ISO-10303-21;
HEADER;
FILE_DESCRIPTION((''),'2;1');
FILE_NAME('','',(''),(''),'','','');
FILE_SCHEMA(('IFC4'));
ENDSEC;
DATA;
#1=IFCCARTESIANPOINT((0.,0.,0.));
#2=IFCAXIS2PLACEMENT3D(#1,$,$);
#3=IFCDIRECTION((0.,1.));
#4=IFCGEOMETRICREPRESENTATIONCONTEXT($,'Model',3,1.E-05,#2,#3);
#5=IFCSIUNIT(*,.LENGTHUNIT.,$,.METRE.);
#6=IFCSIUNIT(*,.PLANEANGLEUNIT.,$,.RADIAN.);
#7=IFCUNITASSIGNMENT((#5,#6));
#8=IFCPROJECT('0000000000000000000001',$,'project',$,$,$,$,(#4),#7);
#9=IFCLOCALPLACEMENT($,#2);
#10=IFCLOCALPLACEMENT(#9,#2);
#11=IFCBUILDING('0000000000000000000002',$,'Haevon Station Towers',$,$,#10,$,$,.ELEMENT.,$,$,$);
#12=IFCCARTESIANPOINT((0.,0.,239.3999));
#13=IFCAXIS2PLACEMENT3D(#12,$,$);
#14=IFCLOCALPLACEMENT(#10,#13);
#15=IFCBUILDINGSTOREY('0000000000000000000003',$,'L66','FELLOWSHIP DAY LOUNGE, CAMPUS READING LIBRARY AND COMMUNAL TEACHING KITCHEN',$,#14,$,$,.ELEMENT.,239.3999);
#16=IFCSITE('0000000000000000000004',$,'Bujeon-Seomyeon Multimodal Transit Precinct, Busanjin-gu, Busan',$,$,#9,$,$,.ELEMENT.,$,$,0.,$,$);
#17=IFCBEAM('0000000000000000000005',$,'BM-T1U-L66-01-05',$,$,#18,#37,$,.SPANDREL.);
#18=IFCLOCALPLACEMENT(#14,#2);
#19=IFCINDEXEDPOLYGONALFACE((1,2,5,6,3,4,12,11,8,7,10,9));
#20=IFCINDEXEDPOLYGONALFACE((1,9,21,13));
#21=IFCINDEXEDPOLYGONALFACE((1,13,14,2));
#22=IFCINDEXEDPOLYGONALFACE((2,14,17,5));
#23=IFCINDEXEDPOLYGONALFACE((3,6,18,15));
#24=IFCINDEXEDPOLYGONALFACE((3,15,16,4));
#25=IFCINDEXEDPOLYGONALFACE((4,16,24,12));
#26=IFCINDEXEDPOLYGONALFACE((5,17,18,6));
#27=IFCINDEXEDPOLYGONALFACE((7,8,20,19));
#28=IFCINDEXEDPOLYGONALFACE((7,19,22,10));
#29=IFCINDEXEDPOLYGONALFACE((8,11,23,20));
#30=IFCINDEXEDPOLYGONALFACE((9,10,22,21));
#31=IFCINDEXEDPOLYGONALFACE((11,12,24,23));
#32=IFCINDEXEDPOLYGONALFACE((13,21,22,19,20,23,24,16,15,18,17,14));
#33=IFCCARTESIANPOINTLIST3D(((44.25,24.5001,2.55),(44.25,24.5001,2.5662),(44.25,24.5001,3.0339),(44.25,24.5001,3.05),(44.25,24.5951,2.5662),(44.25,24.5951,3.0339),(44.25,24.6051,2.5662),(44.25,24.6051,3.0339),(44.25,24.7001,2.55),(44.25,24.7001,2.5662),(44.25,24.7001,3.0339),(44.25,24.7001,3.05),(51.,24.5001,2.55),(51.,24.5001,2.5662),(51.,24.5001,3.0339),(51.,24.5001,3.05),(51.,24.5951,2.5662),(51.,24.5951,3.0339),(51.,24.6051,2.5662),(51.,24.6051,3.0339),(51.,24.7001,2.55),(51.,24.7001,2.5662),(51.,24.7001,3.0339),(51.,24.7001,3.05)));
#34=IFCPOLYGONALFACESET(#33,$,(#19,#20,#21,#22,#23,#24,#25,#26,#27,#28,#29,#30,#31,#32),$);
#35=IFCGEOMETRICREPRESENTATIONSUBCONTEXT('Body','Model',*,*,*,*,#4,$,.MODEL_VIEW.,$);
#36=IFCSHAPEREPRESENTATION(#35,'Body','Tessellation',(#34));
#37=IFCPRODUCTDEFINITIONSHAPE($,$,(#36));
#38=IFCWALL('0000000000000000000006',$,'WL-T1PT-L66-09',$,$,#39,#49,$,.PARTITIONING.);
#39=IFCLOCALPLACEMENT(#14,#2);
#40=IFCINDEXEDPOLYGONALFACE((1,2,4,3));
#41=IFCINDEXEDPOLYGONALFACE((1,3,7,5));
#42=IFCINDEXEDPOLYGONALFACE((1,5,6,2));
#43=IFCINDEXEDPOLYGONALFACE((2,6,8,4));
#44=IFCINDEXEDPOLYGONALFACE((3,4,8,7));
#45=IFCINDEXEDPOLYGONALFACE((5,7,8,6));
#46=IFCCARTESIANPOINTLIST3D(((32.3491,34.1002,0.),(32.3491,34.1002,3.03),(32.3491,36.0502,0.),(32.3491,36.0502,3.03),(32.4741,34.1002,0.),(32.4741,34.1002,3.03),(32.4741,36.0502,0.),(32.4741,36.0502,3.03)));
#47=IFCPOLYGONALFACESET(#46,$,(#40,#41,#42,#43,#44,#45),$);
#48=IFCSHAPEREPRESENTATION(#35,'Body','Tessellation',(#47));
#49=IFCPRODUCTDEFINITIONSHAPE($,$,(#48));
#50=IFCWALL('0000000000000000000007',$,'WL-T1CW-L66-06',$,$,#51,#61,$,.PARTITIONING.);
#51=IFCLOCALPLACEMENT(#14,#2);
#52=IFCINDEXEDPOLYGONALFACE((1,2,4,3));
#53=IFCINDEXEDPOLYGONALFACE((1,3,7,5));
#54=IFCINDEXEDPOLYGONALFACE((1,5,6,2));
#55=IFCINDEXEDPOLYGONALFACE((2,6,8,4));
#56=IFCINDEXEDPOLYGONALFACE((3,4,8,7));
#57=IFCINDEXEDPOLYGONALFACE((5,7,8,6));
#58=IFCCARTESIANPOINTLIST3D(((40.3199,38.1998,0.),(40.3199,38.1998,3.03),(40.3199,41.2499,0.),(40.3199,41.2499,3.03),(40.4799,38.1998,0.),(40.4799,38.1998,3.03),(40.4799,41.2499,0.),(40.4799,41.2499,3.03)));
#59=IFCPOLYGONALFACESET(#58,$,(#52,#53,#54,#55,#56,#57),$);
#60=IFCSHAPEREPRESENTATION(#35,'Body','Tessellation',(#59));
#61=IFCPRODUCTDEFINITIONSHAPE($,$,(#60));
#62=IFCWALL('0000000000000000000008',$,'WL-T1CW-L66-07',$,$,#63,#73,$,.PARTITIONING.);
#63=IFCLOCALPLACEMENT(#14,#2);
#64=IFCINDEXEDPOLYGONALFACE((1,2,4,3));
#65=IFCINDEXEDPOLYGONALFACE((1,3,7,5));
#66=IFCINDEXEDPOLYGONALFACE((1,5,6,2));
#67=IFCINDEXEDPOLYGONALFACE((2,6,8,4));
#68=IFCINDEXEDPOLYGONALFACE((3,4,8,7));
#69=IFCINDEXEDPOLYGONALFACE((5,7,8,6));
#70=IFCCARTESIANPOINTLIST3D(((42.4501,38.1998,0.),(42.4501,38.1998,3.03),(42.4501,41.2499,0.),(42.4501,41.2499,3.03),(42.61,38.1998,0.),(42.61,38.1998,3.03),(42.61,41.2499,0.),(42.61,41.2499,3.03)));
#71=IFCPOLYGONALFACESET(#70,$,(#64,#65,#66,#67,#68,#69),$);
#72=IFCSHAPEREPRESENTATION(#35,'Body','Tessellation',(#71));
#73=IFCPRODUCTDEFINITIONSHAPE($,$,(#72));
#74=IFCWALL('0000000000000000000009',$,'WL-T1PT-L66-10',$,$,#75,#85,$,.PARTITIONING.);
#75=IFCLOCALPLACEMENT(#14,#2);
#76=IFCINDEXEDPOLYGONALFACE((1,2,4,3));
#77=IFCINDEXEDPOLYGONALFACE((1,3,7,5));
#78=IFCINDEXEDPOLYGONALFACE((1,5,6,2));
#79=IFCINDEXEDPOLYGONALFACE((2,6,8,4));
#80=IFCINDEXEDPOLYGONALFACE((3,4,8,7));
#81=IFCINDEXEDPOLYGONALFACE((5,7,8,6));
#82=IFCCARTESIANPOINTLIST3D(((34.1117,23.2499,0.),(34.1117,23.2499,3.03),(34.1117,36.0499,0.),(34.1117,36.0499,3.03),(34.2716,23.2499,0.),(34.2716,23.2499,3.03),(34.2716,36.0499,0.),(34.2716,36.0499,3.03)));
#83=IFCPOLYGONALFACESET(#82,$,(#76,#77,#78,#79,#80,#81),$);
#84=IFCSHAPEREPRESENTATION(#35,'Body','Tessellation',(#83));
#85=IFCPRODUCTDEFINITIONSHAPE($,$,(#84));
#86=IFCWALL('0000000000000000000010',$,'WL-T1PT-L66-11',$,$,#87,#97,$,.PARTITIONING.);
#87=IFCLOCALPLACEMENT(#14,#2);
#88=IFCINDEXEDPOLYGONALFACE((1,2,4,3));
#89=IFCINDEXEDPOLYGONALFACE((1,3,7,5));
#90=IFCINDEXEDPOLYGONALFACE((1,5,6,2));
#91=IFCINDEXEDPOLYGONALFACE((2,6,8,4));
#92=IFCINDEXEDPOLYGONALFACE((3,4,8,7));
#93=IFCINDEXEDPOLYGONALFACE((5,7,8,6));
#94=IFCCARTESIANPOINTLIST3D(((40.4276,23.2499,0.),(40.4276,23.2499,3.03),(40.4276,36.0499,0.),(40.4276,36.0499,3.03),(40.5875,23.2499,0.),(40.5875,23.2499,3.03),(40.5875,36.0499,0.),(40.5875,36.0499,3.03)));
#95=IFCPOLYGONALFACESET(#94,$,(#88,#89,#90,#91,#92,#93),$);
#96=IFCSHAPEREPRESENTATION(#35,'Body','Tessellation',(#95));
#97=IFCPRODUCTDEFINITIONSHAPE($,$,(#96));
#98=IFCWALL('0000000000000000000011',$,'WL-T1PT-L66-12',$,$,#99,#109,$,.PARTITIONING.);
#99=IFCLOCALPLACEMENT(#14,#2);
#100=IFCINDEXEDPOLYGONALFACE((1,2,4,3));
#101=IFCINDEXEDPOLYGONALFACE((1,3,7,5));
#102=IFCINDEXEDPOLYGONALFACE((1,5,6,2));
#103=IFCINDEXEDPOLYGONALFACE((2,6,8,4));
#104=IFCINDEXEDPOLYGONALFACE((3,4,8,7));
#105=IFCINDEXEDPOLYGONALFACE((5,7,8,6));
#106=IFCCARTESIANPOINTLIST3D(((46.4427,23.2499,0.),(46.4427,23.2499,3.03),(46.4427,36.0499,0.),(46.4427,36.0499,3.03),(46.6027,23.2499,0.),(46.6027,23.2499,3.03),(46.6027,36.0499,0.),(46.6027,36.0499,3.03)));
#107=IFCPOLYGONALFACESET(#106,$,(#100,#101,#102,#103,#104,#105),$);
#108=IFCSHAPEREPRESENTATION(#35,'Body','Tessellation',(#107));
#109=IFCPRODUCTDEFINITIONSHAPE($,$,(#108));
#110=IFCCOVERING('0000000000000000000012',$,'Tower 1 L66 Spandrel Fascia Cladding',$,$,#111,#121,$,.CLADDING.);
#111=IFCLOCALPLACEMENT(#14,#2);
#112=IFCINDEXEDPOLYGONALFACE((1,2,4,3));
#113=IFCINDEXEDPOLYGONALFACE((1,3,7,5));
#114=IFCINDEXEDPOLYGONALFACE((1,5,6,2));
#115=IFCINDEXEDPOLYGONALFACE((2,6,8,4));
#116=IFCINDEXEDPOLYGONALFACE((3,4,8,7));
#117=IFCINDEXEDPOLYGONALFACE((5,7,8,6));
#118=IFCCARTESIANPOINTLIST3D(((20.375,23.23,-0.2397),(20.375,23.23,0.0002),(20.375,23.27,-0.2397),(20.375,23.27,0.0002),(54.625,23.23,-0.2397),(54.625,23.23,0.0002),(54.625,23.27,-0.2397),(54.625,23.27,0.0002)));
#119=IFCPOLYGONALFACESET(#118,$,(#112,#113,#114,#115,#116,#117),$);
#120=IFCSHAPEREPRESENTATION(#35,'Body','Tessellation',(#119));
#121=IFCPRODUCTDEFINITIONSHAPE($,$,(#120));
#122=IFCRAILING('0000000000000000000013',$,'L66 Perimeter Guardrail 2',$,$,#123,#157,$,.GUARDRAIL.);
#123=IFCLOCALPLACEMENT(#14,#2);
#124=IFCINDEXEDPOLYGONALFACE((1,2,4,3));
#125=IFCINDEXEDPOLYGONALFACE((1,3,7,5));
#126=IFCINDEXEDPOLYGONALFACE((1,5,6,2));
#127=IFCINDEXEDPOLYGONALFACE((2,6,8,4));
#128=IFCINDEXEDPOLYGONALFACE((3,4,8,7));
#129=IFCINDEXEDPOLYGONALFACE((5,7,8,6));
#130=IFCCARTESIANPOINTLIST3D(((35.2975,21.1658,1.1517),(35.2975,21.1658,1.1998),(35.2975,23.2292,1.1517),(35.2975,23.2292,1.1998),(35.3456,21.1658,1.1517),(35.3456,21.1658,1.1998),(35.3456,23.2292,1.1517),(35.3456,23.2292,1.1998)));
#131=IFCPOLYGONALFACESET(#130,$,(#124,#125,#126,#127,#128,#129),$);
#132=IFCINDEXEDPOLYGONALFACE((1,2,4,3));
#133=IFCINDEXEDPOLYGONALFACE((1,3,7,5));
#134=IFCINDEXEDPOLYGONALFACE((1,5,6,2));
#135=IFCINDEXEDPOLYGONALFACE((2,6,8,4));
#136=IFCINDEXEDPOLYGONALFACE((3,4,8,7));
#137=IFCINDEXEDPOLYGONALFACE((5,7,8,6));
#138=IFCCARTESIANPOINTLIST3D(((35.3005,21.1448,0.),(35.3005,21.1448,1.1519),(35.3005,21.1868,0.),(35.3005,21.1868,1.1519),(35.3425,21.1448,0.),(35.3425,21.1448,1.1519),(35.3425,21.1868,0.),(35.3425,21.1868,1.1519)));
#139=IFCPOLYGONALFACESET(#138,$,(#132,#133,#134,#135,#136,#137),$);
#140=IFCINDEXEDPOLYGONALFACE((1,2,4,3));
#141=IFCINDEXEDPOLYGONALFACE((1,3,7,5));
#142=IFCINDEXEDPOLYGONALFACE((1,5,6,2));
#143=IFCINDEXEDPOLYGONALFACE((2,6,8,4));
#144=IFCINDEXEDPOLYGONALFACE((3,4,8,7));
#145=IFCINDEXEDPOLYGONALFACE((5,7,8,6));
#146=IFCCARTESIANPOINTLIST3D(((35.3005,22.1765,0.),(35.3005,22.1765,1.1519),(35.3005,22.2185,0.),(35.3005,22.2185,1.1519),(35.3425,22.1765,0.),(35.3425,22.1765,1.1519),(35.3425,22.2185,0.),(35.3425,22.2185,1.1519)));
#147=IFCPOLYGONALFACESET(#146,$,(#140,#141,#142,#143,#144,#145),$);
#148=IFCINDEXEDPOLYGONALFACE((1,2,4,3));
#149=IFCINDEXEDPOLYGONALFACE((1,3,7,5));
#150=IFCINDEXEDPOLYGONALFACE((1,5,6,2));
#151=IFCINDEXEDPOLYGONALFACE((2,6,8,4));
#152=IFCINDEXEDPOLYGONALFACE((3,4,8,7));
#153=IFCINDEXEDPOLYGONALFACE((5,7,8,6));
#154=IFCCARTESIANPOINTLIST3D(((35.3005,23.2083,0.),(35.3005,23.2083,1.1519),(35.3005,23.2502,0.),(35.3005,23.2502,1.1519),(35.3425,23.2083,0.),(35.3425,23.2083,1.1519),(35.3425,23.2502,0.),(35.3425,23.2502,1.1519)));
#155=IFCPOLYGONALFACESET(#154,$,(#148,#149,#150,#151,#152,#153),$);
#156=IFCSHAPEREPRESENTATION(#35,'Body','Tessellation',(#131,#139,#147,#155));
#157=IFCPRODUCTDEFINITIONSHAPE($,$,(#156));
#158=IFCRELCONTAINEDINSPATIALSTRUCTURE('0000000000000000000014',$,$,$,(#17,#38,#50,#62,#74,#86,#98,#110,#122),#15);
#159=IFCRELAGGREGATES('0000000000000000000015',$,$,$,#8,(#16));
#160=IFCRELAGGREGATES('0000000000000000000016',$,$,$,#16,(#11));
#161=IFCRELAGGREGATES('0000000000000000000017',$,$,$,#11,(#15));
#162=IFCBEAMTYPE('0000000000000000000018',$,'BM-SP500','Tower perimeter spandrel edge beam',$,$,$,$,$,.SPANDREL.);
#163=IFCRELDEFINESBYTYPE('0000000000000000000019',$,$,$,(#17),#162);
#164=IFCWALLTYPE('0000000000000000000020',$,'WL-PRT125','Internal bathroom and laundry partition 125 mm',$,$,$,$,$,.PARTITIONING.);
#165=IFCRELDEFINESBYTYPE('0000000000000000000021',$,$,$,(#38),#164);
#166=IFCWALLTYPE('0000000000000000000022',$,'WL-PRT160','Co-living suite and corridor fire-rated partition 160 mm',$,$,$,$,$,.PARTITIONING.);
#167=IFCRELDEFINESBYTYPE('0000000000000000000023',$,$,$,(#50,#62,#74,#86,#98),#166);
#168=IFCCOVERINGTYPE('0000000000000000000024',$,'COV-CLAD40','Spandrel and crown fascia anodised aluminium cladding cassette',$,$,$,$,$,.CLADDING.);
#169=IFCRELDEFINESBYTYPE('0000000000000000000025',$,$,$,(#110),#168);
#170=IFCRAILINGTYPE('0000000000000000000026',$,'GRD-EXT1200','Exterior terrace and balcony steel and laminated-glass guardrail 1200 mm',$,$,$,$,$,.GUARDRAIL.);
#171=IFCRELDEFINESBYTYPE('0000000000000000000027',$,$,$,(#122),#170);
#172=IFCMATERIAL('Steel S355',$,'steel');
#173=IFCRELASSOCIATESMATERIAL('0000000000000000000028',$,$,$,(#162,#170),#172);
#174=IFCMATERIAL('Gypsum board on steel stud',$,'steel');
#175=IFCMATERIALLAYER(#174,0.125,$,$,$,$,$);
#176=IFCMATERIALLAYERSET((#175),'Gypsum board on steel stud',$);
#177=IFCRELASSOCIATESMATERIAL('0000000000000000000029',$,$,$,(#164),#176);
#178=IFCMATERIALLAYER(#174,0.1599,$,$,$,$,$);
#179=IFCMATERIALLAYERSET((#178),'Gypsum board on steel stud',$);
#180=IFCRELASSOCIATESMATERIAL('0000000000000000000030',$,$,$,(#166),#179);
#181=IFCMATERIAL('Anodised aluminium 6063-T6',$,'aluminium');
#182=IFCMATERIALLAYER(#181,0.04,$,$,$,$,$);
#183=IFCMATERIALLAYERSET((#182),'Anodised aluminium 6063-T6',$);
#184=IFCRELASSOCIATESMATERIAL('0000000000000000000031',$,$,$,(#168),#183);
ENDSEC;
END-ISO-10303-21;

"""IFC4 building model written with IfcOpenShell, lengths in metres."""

from ifc_helpers import new_model, si_unit, direction, frame, frame_2d, origin, origin_2d, place, context, subcontext, project, spatial, rectangle, i_section, extrude, material, layer, layer_set, material_profile, profile_set, type_object, element, save


model = new_model("IFC4")

# Units and contexts
model_context = context("Model", 3, precision=1e-05, world=origin(), true_north=direction((0.0, 1.0)))
body_context = subcontext(model_context, "Body", "Model", "MODEL_VIEW")
ifc_project = project(units=[si_unit("LENGTHUNIT", "METRE"), si_unit("PLANEANGLEUNIT", "RADIAN")], contexts=[model_context])

# Site, building, storey
site_placement = place(None, origin())
site = spatial("IfcSite", under=ifc_project, at=site_placement, Name="Bujeon-Seomyeon Multimodal Transit Precinct, Busanjin-gu, Busan", CompositionType="ELEMENT", RefElevation=0.0)
building_placement = place(site_placement, origin())
building = spatial("IfcBuilding", under=site, at=building_placement, Name="Haevon Station Towers", CompositionType="ELEMENT")
storey_placement = place(building_placement, frame((0.0, 0.0, 239.3999)))
storey = spatial("IfcBuildingStorey", under=building, at=storey_placement, Name="L66", Description="FELLOWSHIP DAY LOUNGE, CAMPUS READING LIBRARY AND COMMUNAL TEACHING KITCHEN", CompositionType="ELEMENT", Elevation=239.3999)

# Shared definitions
ifc_material_1 = material(Name="Steel S355", Category="steel")

# Beam
ifc_material_profile_1 = material_profile(ifc_material_1, i_section(OverallWidth=0.2, OverallDepth=0.5, WebThickness=0.01, FlangeThickness=0.0161, at=origin_2d()), Name="H-500x200x10x16")
ifc_profile_set_1 = profile_set([ifc_material_profile_1], Name="Steel S355")
beam_type_1 = type_object("IfcBeamType", Name="BM-SP500", Description="Tower perimeter spandrel edge beam", PredefinedType="SPANDREL", material=ifc_profile_set_1)
for number, where, z_axis, x_axis, name in (
    (1, (44.25, 24.6001, 2.8), (1.0, 0.0, 0.0), (0.0, 1.0, 0.0), "BM-T1U-L66-01-05"),
):
    element("IfcBeam", number, at=place(storey_placement, frame(where, z_axis=z_axis, x_axis=x_axis)), inside=storey, type_object=beam_type_1, Name=name, PredefinedType="SPANDREL", context=body_context, shape_type="SweptSolid", body=[
        extrude(i_section(OverallWidth=0.2, OverallDepth=0.5, WebThickness=0.01, FlangeThickness=0.0161, at=origin_2d()), origin(), (0.0, 0.0, 1.0), 6.75),
    ])

# Walls
ifc_material_2 = material(Name="Gypsum board on steel stud", Category="steel")
ifc_layer_1 = layer(ifc_material_2, 0.125)
ifc_layer_set_1 = layer_set([ifc_layer_1], Name="Gypsum board on steel stud")
wall_type_1 = type_object("IfcWallType", Name="WL-PRT125", Description="Internal bathroom and laundry partition 125 mm", PredefinedType="PARTITIONING", material=ifc_layer_set_1)
wall_placement = place(storey_placement, frame((32.4116, 34.1001, 0.0), z_axis=(0.0, 0.0, 1.0), x_axis=(0.0, 1.0, 0.0)))
element("IfcWall", 2, at=wall_placement, inside=storey, type_object=wall_type_1, Name="WL-T1PT-L66-09", PredefinedType="PARTITIONING", context=body_context, shape_type="SweptSolid", body=[
    extrude(rectangle(XDim=1.95, YDim=0.125, at=frame_2d((0.9751, 0.0))), origin(), (0.0, 0.0, 1.0), 3.03),
])
ifc_layer_2 = layer(ifc_material_2, 0.1599)
ifc_layer_set_2 = layer_set([ifc_layer_2], Name="Gypsum board on steel stud")
wall_type_2 = type_object("IfcWallType", Name="WL-PRT160", Description="Co-living suite and corridor fire-rated partition 160 mm", PredefinedType="PARTITIONING", material=ifc_layer_set_2)
for number, where, z_axis, x_axis, name in (
    (3, (40.3999, 38.2, 0.0), (0.0, 0.0, 1.0), (0.0, 1.0, 0.0), "WL-T1CW-L66-06"),
    (4, (42.53, 38.2, 0.0), (0.0, 0.0, 1.0), (0.0, 1.0, 0.0), "WL-T1CW-L66-07"),
):
    element("IfcWall", number, at=place(storey_placement, frame(where, z_axis=z_axis, x_axis=x_axis)), inside=storey, type_object=wall_type_2, Name=name, PredefinedType="PARTITIONING", context=body_context, shape_type="SweptSolid", body=[
        extrude(rectangle(XDim=3.05, YDim=0.1599, at=frame_2d((1.5249, 0.0))), origin(), (0.0, 0.0, 1.0), 3.03),
    ])
for number, where, z_axis, x_axis, name in (
    (5, (34.1917, 23.25, 0.0), (0.0, 0.0, 1.0), (0.0, 1.0, 0.0), "WL-T1PT-L66-10"),
    (6, (40.5076, 23.25, 0.0), (0.0, 0.0, 1.0), (0.0, 1.0, 0.0), "WL-T1PT-L66-11"),
    (7, (46.5227, 23.25, 0.0), (0.0, 0.0, 1.0), (0.0, 1.0, 0.0), "WL-T1PT-L66-12"),
):
    element("IfcWall", number, at=place(storey_placement, frame(where, z_axis=z_axis, x_axis=x_axis)), inside=storey, type_object=wall_type_2, Name=name, PredefinedType="PARTITIONING", context=body_context, shape_type="SweptSolid", body=[
        extrude(rectangle(XDim=12.8, YDim=0.1599, at=frame_2d((6.3999, 0.0))), origin(), (0.0, 0.0, 1.0), 3.03),
    ])

# Covering
ifc_material_3 = material(Name="Anodised aluminium 6063-T6", Category="aluminium")
ifc_layer_3 = layer(ifc_material_3, 0.04)
ifc_layer_set_3 = layer_set([ifc_layer_3], Name="Anodised aluminium 6063-T6")
covering_type = type_object("IfcCoveringType", Name="COV-CLAD40", Description="Spandrel and crown fascia anodised aluminium cladding cassette", PredefinedType="CLADDING", material=ifc_layer_set_3)
covering_placement = place(storey_placement, frame((37.5, 23.25, -0.2397), z_axis=(0.0, 0.0, 1.0), x_axis=(1.0, 0.0, 0.0)))
element("IfcCovering", 8, at=covering_placement, inside=storey, type_object=covering_type, Name="Tower 1 L66 Spandrel Fascia Cladding", PredefinedType="CLADDING", context=body_context, shape_type="SweptSolid", body=[
    extrude(rectangle(XDim=34.25, YDim=0.04, at=origin_2d()), origin(), (0.0, 0.0, 1.0), 0.24),
])

# Railing
railing_type = type_object("IfcRailingType", Name="GRD-EXT1200", Description="Exterior terrace and balcony steel and laminated-glass guardrail 1200 mm", PredefinedType="GUARDRAIL", material=ifc_material_1)
railing_placement = place(storey_placement, frame((35.3215, 21.1658, 0.0)))
element("IfcRailing", 9, at=railing_placement, inside=storey, type_object=railing_type, Name="L66 Perimeter Guardrail 2", PredefinedType="GUARDRAIL", context=body_context, shape_type="SweptSolid", body=[
    extrude(rectangle(XDim=0.0481, YDim=0.0481, at=origin_2d()), frame((0.0, 0.0, 1.1758), z_axis=(0.0, 1.0, 0.0), x_axis=(-1.0, 0.0, 0.0)), (0.0, 0.0, 1.0), 2.0635),
    extrude(rectangle(XDim=0.042, YDim=0.042, at=origin_2d()), origin(), (0.0, 0.0, 1.0), 1.1519),
    extrude(rectangle(XDim=0.042, YDim=0.042, at=origin_2d()), frame((0.0, 1.0317, 0.0)), (0.0, 0.0, 1.0), 1.1519),
    extrude(rectangle(XDim=0.042, YDim=0.042, at=origin_2d()), frame((0.0, 2.0635, 0.0)), (0.0, 0.0, 1.0), 1.1519),
])

save(model, "model.ifc")
